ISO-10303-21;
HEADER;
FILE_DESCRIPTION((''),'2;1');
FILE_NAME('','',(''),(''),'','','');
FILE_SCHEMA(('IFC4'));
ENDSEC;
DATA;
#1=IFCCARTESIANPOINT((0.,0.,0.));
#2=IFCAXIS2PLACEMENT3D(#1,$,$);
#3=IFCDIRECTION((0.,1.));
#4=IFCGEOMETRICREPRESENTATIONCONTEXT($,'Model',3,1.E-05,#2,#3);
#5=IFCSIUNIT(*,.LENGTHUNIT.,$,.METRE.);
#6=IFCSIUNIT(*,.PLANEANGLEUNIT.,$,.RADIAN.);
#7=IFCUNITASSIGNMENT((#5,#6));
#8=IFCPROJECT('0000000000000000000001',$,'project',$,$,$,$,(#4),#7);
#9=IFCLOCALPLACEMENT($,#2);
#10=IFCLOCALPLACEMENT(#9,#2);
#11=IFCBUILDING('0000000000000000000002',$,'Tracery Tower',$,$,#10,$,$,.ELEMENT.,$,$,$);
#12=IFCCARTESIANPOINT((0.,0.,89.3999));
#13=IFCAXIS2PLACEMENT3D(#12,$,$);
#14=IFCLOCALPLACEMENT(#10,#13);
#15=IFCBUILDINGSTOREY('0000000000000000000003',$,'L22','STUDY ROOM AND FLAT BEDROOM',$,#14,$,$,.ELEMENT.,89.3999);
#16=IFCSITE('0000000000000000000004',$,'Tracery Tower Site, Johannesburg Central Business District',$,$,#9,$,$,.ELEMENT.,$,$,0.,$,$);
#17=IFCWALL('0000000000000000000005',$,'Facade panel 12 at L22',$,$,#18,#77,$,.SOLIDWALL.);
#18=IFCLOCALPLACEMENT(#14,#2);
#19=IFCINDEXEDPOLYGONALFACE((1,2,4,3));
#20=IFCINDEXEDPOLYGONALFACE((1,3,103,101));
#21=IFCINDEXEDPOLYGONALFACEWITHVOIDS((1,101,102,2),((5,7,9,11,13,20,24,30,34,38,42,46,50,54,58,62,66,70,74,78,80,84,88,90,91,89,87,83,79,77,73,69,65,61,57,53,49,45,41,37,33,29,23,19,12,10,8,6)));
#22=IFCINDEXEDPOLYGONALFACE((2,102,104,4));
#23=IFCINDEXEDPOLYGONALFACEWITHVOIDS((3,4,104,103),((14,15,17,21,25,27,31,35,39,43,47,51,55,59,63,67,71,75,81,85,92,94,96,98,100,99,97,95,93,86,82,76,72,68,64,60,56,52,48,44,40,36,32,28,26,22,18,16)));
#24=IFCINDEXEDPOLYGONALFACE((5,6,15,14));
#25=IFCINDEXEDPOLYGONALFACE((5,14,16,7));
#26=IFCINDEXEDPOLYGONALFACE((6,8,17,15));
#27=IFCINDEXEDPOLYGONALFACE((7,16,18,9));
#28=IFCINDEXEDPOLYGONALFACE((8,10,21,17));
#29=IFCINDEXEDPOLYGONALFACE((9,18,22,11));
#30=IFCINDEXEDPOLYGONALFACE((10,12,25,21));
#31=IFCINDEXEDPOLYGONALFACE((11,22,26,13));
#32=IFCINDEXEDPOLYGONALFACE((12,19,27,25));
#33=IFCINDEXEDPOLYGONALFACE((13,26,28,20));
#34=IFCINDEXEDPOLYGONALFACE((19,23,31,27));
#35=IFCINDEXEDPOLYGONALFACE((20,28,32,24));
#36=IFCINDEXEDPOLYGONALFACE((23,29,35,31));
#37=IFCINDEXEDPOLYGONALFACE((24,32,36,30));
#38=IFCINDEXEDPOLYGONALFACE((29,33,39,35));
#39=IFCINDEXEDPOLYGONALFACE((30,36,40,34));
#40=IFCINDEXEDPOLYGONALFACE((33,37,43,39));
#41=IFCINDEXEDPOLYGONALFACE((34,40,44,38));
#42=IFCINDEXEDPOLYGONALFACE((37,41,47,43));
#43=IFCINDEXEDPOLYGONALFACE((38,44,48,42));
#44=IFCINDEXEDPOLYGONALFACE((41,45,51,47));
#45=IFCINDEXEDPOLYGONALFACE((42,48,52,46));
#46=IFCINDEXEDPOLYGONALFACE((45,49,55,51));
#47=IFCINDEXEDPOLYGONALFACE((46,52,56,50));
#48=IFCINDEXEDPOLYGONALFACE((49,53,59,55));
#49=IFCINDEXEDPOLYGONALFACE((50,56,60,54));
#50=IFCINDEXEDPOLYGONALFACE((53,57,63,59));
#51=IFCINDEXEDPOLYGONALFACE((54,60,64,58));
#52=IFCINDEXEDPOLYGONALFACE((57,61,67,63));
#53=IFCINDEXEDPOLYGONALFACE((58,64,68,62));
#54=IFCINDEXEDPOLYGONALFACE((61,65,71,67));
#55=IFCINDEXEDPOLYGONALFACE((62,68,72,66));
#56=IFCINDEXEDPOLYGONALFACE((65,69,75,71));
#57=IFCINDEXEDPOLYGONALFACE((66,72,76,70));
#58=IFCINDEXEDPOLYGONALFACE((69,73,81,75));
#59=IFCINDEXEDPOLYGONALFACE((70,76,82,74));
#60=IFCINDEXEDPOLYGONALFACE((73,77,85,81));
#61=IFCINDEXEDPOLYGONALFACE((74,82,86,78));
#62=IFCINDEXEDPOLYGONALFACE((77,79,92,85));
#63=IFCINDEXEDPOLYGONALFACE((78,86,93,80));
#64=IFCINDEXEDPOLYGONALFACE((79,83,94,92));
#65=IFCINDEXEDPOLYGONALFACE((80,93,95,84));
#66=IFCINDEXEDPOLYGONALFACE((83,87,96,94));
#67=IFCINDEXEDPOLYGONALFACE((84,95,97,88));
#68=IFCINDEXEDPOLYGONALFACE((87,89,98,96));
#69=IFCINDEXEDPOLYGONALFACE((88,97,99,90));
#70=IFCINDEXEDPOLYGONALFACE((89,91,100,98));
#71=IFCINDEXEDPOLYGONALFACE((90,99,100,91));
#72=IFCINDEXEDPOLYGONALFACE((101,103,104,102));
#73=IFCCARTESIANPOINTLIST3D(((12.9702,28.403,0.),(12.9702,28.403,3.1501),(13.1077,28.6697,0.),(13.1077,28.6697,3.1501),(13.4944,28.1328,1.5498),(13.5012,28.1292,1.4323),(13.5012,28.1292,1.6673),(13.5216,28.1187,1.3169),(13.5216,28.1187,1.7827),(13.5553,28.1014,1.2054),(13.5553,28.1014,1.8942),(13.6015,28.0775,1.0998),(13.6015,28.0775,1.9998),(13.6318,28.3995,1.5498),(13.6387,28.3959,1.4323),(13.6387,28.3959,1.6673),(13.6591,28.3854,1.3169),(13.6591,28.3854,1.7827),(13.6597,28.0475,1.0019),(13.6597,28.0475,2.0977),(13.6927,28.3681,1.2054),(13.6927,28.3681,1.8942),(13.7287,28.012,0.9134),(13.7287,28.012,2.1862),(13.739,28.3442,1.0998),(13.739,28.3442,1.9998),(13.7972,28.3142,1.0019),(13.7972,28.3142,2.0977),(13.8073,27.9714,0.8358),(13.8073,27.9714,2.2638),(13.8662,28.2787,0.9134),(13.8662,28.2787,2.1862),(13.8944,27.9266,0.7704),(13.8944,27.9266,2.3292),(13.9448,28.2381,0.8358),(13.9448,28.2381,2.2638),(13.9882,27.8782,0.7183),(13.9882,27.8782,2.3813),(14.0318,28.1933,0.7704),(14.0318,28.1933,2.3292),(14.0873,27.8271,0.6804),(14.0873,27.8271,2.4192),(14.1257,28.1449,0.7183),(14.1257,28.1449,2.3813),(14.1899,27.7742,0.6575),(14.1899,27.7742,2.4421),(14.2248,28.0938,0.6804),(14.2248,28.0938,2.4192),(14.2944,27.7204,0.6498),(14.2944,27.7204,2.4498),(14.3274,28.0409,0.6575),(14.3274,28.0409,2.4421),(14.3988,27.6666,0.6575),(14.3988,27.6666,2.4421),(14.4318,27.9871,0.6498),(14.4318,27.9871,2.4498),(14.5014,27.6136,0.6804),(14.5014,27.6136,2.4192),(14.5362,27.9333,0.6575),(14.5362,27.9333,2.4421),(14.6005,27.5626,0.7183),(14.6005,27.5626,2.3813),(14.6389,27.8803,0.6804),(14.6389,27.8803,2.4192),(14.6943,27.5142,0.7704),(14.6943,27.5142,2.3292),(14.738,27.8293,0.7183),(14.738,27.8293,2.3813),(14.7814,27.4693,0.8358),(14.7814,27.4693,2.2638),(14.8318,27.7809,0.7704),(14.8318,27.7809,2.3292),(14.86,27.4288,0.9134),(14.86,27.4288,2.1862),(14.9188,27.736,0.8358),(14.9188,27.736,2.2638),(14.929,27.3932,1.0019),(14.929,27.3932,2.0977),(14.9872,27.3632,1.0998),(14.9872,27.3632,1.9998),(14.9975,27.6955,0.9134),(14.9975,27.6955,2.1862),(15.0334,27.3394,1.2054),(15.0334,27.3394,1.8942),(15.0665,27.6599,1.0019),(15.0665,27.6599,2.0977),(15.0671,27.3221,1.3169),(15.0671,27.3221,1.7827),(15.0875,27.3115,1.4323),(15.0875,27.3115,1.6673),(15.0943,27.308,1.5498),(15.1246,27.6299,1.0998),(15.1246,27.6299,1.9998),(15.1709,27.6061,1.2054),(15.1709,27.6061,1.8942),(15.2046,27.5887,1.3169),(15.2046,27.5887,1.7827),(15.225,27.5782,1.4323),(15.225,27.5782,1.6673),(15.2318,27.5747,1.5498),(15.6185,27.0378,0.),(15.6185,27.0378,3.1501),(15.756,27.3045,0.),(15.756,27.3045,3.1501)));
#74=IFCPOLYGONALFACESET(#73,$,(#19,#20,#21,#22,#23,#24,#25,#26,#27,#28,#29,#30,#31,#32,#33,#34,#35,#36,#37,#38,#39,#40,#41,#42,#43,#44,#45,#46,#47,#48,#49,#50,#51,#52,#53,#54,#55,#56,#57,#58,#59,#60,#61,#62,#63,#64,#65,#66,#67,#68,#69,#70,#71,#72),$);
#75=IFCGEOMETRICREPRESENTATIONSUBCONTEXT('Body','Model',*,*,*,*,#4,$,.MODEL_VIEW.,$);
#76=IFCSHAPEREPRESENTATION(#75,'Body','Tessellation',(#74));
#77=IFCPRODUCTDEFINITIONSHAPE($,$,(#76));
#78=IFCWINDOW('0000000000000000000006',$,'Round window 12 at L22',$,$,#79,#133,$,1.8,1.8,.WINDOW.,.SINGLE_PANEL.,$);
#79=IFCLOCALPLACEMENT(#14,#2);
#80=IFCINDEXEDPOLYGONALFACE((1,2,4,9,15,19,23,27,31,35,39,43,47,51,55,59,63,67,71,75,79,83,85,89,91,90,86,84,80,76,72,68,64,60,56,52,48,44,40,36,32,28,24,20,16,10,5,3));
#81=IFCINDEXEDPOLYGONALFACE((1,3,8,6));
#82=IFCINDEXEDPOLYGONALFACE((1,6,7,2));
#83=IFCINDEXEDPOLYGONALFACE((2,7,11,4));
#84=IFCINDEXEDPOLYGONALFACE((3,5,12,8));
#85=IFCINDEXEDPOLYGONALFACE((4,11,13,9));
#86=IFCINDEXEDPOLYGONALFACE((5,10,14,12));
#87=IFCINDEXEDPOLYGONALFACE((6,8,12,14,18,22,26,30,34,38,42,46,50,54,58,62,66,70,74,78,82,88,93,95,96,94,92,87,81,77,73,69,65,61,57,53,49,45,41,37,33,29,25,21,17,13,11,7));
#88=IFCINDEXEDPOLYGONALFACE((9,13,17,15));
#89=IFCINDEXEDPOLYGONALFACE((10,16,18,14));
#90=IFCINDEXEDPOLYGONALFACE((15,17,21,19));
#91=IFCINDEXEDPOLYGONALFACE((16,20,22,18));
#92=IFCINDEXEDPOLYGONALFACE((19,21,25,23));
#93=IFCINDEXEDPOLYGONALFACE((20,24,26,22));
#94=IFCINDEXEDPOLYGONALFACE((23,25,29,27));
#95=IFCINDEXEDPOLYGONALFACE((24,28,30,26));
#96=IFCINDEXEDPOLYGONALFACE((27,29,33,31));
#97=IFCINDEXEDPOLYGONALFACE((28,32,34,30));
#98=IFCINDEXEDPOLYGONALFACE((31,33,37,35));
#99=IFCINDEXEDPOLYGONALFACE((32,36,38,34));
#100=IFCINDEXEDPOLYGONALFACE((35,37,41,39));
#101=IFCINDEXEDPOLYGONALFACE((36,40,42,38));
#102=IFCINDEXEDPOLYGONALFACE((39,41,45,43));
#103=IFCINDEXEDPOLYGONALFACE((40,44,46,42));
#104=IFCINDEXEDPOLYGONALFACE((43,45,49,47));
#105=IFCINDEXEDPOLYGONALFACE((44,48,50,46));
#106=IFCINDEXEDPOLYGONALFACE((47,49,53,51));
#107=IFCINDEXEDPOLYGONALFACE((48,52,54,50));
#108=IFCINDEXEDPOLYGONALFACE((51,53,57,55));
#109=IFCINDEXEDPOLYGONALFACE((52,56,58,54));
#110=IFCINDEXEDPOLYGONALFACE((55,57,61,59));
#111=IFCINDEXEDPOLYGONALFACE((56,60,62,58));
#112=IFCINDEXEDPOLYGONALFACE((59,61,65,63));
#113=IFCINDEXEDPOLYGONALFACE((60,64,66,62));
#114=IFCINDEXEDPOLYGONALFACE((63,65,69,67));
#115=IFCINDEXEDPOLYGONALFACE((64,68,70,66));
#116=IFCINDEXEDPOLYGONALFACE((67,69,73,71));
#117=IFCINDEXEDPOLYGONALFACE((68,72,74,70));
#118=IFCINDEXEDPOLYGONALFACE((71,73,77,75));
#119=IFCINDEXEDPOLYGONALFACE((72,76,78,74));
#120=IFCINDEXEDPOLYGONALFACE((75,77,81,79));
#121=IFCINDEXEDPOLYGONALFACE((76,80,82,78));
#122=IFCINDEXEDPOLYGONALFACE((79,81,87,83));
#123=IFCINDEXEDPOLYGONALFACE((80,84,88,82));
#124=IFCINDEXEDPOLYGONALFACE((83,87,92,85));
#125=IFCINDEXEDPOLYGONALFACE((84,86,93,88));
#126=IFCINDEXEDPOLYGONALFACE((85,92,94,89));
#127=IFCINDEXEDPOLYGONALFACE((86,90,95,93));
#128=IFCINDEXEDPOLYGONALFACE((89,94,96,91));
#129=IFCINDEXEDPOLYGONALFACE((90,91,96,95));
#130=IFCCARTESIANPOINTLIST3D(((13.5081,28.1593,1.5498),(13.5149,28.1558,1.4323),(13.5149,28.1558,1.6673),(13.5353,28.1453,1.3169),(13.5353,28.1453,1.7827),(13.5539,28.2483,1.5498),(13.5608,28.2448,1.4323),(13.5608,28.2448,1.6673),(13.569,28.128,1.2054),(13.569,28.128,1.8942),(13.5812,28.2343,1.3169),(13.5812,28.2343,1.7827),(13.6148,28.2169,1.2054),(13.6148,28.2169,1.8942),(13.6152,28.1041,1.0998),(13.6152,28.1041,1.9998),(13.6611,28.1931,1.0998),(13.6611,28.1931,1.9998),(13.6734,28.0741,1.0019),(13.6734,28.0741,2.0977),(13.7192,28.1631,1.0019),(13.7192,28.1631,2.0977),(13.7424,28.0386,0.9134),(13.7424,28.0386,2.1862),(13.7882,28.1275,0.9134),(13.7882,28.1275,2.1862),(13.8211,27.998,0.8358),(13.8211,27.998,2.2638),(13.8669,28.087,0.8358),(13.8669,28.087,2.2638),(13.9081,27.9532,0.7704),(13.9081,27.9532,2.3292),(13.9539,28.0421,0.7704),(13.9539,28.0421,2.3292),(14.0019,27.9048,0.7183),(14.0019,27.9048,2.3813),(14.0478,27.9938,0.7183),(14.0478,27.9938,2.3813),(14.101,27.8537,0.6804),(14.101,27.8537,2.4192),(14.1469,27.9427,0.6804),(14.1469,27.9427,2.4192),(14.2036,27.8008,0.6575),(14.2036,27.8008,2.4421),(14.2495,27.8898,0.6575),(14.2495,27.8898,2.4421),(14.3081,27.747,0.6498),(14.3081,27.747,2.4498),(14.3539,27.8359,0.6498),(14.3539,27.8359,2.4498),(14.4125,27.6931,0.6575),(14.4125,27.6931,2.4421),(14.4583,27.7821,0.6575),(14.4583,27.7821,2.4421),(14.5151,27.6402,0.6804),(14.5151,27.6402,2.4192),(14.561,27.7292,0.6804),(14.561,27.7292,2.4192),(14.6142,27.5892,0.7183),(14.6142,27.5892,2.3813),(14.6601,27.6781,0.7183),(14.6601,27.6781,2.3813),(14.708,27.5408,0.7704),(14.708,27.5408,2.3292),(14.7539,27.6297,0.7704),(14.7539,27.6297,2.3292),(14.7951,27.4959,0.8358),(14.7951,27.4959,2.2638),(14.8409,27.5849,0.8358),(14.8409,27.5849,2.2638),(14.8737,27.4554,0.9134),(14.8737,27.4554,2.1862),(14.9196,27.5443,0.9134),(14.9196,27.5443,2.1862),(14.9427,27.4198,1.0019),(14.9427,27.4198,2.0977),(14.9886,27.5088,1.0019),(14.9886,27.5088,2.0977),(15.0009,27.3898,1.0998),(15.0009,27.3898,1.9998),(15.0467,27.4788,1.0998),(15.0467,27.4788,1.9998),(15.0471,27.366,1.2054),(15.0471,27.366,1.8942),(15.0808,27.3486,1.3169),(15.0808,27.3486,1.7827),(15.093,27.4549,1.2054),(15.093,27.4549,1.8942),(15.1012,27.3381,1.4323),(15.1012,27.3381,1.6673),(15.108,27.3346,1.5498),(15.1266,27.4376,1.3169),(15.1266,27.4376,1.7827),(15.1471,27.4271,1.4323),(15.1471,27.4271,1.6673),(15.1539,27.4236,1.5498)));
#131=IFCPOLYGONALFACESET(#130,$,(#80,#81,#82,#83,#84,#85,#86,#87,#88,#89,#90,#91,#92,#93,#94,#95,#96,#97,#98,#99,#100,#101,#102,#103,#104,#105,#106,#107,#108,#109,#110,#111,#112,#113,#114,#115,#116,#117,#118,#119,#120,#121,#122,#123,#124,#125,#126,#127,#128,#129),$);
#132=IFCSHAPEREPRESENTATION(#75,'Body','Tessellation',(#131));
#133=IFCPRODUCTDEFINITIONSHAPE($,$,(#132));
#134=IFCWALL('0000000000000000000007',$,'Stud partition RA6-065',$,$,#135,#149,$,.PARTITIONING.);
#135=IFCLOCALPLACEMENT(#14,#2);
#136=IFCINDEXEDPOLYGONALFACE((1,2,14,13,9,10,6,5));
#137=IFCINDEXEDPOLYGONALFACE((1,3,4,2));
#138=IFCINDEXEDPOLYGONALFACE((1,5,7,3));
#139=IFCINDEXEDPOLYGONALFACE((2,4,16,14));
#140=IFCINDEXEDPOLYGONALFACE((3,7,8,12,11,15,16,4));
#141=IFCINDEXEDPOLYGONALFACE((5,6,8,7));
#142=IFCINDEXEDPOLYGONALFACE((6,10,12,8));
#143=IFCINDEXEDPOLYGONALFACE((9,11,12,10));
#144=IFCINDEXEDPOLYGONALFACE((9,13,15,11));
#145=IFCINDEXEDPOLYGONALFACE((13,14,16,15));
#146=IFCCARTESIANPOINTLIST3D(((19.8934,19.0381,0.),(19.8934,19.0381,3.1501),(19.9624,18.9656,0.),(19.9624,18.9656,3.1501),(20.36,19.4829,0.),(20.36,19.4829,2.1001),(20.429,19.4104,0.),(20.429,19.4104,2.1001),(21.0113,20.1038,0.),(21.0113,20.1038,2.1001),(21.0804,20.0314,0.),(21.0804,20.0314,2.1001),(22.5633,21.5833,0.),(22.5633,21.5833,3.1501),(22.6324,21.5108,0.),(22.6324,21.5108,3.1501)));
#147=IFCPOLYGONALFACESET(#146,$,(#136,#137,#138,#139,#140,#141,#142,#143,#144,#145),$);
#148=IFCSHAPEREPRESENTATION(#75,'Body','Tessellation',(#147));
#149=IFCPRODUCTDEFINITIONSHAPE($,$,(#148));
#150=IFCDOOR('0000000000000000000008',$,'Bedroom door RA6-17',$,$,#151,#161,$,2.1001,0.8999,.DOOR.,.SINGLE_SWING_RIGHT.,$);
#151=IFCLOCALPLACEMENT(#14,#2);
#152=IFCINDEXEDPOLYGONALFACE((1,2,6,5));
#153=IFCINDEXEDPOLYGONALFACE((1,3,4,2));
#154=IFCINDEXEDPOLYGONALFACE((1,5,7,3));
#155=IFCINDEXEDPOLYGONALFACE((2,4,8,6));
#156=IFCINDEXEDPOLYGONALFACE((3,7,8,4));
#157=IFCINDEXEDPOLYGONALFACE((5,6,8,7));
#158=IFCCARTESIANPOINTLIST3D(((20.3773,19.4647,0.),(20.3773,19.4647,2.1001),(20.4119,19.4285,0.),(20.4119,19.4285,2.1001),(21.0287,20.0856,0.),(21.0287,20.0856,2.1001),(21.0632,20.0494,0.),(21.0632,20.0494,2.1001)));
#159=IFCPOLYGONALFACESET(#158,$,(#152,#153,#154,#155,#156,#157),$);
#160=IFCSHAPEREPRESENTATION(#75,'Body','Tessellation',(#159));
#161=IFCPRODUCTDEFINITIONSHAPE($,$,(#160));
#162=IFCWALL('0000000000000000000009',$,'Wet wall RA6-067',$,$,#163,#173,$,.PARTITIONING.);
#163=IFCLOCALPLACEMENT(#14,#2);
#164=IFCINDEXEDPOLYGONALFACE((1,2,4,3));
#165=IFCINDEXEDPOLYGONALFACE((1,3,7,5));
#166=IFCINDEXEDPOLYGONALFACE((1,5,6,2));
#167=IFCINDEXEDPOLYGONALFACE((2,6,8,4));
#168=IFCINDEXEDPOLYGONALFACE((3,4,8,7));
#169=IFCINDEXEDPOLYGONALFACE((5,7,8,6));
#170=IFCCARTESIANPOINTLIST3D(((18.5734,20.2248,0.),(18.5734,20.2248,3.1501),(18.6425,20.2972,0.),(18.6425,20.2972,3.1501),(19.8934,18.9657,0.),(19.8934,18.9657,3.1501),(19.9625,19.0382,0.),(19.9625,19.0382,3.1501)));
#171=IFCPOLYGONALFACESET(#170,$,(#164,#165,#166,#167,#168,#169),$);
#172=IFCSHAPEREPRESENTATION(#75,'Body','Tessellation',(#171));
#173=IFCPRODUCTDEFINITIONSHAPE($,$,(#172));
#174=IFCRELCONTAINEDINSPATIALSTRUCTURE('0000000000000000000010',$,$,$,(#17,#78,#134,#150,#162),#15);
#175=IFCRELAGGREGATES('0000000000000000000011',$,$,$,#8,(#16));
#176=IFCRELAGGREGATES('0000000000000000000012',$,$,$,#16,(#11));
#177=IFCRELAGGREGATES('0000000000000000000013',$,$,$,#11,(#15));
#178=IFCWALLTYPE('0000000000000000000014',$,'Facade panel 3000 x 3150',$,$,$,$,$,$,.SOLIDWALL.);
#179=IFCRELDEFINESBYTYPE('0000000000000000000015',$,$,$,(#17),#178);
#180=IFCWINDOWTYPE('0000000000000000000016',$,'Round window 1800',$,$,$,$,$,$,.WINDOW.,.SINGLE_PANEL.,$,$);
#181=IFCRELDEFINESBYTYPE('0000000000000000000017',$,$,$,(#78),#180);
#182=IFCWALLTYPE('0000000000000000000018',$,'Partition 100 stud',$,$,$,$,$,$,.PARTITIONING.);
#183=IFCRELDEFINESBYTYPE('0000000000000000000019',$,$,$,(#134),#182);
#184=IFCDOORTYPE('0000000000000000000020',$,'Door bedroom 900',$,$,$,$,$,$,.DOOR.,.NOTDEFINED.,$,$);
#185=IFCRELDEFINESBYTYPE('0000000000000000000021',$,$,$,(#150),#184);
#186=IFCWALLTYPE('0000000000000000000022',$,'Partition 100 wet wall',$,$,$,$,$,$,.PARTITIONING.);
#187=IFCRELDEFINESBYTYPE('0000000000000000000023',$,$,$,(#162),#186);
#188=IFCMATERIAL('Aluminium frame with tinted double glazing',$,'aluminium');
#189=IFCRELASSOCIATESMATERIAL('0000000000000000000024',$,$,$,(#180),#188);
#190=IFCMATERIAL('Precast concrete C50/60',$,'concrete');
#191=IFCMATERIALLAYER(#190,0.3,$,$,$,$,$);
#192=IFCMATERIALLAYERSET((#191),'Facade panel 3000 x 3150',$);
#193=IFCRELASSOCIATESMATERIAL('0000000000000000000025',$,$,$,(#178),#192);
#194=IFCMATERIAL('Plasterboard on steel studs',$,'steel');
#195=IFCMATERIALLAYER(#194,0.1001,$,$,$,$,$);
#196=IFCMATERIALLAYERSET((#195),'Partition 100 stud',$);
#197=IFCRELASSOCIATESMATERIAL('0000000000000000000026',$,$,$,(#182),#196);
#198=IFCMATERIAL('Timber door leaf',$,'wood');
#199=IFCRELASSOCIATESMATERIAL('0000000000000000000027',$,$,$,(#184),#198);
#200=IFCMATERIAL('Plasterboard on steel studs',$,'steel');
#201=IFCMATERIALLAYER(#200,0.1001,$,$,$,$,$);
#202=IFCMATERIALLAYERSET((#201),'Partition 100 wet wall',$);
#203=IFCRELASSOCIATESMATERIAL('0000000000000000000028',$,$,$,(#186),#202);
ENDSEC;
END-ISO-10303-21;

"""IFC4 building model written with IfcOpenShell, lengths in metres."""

from ifc_helpers import new_model, si_unit, direction, frame, frame_2d, origin, origin_2d, place, context, subcontext, project, spatial, rectangle, circle, extrude, material, layer, layer_set, type_object, element, fill, save


model = new_model("IFC4")

# Units and contexts
model_context = context("Model", 3, precision=1e-05, world=origin(), true_north=direction((0.0, 1.0)))
body_context = subcontext(model_context, "Body", "Model", "MODEL_VIEW")
ifc_project = project(units=[si_unit("LENGTHUNIT", "METRE"), si_unit("PLANEANGLEUNIT", "RADIAN")], contexts=[model_context])

# Site, building, storey
site_placement = place(None, origin())
site = spatial("IfcSite", under=ifc_project, at=site_placement, Name="Tracery Tower Site, Johannesburg Central Business District", CompositionType="ELEMENT", RefElevation=0.0)
building_placement = place(site_placement, origin())
building = spatial("IfcBuilding", under=site, at=building_placement, Name="Tracery Tower", CompositionType="ELEMENT")
storey_placement = place(building_placement, frame((0.0, 0.0, 89.3999)))
storey = spatial("IfcBuildingStorey", under=building, at=storey_placement, Name="L22", Description="STUDY ROOM AND FLAT BEDROOM", CompositionType="ELEMENT", Elevation=89.3999)

# Wall, opening, window
ifc_material_1 = material(Name="Aluminium frame with tinted double glazing", Category="aluminium")
window_type = type_object("IfcWindowType", Name="Round window 1800", PartitioningType="SINGLE_PANEL", PredefinedType="WINDOW", material=ifc_material_1)
ifc_material_2 = material(Name="Precast concrete C50/60", Category="concrete")
ifc_layer_1 = layer(ifc_material_2, 0.3)
ifc_layer_set_1 = layer_set([ifc_layer_1], Name="Facade panel 3000 x 3150")
wall_type_1 = type_object("IfcWallType", Name="Facade panel 3000 x 3150", PredefinedType="SOLIDWALL", material=ifc_layer_set_1)
wall_1_placement = place(storey_placement, frame((15.6873, 27.1711, 0.0), z_axis=(0.0, 0.0, 1.0), x_axis=(-0.888853, 0.458192, 0.0)))
wall_1 = element("IfcWall", 1, at=wall_1_placement, inside=storey, type_object=wall_type_1, Name="Facade panel 12 at L22", PredefinedType="SOLIDWALL", context=body_context, shape_type="SweptSolid", body=[
    extrude(rectangle(XDim=2.9795, YDim=0.3, at=frame_2d((1.4897, 0.0))), origin(), (0.0, 0.0, 1.0), 3.1501),
])
opening_1_placement = place(wall_1_placement, frame((1.4897, 0.0, 1.5498)))
opening_1 = element("IfcOpeningElement", 2, at=opening_1_placement, cuts=wall_1, PredefinedType="OPENING", context=body_context, shape_type="SweptSolid", body=[
    extrude(circle(Radius=0.9, at=origin_2d()), frame((0.0, 0.1599, 0.0), z_axis=(0.0, -1.0, 0.0), x_axis=(1.0, 0.0, 0.0)), (0.0, 0.0, 1.0), 0.3201),
])
window_1_placement = place(opening_1_placement, origin())
window_1 = element("IfcWindow", 3, at=window_1_placement, inside=storey, type_object=window_type, Name="Round window 12 at L22", OverallHeight=1.8, OverallWidth=1.8, PartitioningType="SINGLE_PANEL", PredefinedType="WINDOW", context=body_context, shape_type="SweptSolid", body=[
    extrude(circle(Radius=0.9, at=origin_2d()), frame((0.0, 0.1201, 0.0), z_axis=(0.0, -1.0, 0.0), x_axis=(1.0, 0.0, 0.0)), (0.0, 0.0, 1.0), 0.1001),
])
fill(opening_1, window_1)

# Wall, opening, door
ifc_material_3 = material(Name="Plasterboard on steel studs", Category="steel")
ifc_layer_2 = layer(ifc_material_3, 0.1001)
ifc_layer_set_2 = layer_set([ifc_layer_2], Name="Partition 100 stud")
wall_type_2 = type_object("IfcWallType", Name="Partition 100 stud", PredefinedType="PARTITIONING", material=ifc_layer_set_2)
wall_2_placement = place(storey_placement, frame((19.928, 19.002, 0.0), z_axis=(0.0, 0.0, 1.0), x_axis=(0.723815, 0.689994, 0.0)))
wall_2 = element("IfcWall", 4, at=wall_2_placement, inside=storey, type_object=wall_type_2, Name="Stud partition RA6-065", PredefinedType="PARTITIONING", context=body_context, shape_type="SweptSolid", body=[
    extrude(rectangle(XDim=3.6887, YDim=0.1001, at=frame_2d((1.8442, 0.0))), origin(), (0.0, 0.0, 1.0), 3.1501),
])
opening_2_placement = place(wall_2_placement, frame((0.6445, 0.0, 0.0)))
opening_2 = element("IfcOpeningElement", 5, at=opening_2_placement, cuts=wall_2, PredefinedType="OPENING", context=body_context, shape_type="SweptSolid", body=[
    extrude(rectangle(XDim=0.8999, YDim=2.1001, at=frame_2d((0.45, 1.05))), frame((0.0, 0.05, 0.0), z_axis=(0.0, -1.0, 0.0), x_axis=(1.0, 0.0, 0.0)), (0.0, 0.0, 1.0), 0.1001),
])
ifc_material_4 = material(Name="Timber door leaf", Category="wood")
door_type = type_object("IfcDoorType", Name="Door bedroom 900", OperationType="NOTDEFINED", PredefinedType="DOOR", material=ifc_material_4)
door_placement = place(opening_2_placement, origin())
door = element("IfcDoor", 6, at=door_placement, inside=storey, type_object=door_type, Name="Bedroom door RA6-17", OperationType="SINGLE_SWING_RIGHT", OverallHeight=2.1001, OverallWidth=0.8999, PredefinedType="DOOR", context=body_context, shape_type="SweptSolid", body=[
    extrude(rectangle(XDim=0.8999, YDim=2.1001, at=frame_2d((0.45, 1.05))), frame((0.0, 0.0249, 0.0), z_axis=(0.0, -1.0, 0.0), x_axis=(1.0, 0.0, 0.0)), (0.0, 0.0, 1.0), 0.05),
])
fill(opening_2, door)

# Wall
ifc_material_5 = material(Name="Plasterboard on steel studs", Category="steel")
ifc_layer_3 = layer(ifc_material_5, 0.1001)
ifc_layer_set_3 = layer_set([ifc_layer_3], Name="Partition 100 wet wall")
wall_type_3 = type_object("IfcWallType", Name="Partition 100 wet wall", PredefinedType="PARTITIONING", material=ifc_layer_set_3)
wall_3_placement = place(storey_placement, frame((18.6079, 20.261, 0.0), z_axis=(0.0, 0.0, 1.0), x_axis=(0.723638, -0.69018, 0.0)))
element("IfcWall", 7, at=wall_3_placement, inside=storey, type_object=wall_type_3, Name="Wet wall RA6-067", PredefinedType="PARTITIONING", context=body_context, shape_type="SweptSolid", body=[
    extrude(rectangle(XDim=1.8242, YDim=0.1001, at=frame_2d((0.9121, 0.0))), origin(), (0.0, 0.0, 1.0), 3.1501),
])

save(model, "model.ifc")
